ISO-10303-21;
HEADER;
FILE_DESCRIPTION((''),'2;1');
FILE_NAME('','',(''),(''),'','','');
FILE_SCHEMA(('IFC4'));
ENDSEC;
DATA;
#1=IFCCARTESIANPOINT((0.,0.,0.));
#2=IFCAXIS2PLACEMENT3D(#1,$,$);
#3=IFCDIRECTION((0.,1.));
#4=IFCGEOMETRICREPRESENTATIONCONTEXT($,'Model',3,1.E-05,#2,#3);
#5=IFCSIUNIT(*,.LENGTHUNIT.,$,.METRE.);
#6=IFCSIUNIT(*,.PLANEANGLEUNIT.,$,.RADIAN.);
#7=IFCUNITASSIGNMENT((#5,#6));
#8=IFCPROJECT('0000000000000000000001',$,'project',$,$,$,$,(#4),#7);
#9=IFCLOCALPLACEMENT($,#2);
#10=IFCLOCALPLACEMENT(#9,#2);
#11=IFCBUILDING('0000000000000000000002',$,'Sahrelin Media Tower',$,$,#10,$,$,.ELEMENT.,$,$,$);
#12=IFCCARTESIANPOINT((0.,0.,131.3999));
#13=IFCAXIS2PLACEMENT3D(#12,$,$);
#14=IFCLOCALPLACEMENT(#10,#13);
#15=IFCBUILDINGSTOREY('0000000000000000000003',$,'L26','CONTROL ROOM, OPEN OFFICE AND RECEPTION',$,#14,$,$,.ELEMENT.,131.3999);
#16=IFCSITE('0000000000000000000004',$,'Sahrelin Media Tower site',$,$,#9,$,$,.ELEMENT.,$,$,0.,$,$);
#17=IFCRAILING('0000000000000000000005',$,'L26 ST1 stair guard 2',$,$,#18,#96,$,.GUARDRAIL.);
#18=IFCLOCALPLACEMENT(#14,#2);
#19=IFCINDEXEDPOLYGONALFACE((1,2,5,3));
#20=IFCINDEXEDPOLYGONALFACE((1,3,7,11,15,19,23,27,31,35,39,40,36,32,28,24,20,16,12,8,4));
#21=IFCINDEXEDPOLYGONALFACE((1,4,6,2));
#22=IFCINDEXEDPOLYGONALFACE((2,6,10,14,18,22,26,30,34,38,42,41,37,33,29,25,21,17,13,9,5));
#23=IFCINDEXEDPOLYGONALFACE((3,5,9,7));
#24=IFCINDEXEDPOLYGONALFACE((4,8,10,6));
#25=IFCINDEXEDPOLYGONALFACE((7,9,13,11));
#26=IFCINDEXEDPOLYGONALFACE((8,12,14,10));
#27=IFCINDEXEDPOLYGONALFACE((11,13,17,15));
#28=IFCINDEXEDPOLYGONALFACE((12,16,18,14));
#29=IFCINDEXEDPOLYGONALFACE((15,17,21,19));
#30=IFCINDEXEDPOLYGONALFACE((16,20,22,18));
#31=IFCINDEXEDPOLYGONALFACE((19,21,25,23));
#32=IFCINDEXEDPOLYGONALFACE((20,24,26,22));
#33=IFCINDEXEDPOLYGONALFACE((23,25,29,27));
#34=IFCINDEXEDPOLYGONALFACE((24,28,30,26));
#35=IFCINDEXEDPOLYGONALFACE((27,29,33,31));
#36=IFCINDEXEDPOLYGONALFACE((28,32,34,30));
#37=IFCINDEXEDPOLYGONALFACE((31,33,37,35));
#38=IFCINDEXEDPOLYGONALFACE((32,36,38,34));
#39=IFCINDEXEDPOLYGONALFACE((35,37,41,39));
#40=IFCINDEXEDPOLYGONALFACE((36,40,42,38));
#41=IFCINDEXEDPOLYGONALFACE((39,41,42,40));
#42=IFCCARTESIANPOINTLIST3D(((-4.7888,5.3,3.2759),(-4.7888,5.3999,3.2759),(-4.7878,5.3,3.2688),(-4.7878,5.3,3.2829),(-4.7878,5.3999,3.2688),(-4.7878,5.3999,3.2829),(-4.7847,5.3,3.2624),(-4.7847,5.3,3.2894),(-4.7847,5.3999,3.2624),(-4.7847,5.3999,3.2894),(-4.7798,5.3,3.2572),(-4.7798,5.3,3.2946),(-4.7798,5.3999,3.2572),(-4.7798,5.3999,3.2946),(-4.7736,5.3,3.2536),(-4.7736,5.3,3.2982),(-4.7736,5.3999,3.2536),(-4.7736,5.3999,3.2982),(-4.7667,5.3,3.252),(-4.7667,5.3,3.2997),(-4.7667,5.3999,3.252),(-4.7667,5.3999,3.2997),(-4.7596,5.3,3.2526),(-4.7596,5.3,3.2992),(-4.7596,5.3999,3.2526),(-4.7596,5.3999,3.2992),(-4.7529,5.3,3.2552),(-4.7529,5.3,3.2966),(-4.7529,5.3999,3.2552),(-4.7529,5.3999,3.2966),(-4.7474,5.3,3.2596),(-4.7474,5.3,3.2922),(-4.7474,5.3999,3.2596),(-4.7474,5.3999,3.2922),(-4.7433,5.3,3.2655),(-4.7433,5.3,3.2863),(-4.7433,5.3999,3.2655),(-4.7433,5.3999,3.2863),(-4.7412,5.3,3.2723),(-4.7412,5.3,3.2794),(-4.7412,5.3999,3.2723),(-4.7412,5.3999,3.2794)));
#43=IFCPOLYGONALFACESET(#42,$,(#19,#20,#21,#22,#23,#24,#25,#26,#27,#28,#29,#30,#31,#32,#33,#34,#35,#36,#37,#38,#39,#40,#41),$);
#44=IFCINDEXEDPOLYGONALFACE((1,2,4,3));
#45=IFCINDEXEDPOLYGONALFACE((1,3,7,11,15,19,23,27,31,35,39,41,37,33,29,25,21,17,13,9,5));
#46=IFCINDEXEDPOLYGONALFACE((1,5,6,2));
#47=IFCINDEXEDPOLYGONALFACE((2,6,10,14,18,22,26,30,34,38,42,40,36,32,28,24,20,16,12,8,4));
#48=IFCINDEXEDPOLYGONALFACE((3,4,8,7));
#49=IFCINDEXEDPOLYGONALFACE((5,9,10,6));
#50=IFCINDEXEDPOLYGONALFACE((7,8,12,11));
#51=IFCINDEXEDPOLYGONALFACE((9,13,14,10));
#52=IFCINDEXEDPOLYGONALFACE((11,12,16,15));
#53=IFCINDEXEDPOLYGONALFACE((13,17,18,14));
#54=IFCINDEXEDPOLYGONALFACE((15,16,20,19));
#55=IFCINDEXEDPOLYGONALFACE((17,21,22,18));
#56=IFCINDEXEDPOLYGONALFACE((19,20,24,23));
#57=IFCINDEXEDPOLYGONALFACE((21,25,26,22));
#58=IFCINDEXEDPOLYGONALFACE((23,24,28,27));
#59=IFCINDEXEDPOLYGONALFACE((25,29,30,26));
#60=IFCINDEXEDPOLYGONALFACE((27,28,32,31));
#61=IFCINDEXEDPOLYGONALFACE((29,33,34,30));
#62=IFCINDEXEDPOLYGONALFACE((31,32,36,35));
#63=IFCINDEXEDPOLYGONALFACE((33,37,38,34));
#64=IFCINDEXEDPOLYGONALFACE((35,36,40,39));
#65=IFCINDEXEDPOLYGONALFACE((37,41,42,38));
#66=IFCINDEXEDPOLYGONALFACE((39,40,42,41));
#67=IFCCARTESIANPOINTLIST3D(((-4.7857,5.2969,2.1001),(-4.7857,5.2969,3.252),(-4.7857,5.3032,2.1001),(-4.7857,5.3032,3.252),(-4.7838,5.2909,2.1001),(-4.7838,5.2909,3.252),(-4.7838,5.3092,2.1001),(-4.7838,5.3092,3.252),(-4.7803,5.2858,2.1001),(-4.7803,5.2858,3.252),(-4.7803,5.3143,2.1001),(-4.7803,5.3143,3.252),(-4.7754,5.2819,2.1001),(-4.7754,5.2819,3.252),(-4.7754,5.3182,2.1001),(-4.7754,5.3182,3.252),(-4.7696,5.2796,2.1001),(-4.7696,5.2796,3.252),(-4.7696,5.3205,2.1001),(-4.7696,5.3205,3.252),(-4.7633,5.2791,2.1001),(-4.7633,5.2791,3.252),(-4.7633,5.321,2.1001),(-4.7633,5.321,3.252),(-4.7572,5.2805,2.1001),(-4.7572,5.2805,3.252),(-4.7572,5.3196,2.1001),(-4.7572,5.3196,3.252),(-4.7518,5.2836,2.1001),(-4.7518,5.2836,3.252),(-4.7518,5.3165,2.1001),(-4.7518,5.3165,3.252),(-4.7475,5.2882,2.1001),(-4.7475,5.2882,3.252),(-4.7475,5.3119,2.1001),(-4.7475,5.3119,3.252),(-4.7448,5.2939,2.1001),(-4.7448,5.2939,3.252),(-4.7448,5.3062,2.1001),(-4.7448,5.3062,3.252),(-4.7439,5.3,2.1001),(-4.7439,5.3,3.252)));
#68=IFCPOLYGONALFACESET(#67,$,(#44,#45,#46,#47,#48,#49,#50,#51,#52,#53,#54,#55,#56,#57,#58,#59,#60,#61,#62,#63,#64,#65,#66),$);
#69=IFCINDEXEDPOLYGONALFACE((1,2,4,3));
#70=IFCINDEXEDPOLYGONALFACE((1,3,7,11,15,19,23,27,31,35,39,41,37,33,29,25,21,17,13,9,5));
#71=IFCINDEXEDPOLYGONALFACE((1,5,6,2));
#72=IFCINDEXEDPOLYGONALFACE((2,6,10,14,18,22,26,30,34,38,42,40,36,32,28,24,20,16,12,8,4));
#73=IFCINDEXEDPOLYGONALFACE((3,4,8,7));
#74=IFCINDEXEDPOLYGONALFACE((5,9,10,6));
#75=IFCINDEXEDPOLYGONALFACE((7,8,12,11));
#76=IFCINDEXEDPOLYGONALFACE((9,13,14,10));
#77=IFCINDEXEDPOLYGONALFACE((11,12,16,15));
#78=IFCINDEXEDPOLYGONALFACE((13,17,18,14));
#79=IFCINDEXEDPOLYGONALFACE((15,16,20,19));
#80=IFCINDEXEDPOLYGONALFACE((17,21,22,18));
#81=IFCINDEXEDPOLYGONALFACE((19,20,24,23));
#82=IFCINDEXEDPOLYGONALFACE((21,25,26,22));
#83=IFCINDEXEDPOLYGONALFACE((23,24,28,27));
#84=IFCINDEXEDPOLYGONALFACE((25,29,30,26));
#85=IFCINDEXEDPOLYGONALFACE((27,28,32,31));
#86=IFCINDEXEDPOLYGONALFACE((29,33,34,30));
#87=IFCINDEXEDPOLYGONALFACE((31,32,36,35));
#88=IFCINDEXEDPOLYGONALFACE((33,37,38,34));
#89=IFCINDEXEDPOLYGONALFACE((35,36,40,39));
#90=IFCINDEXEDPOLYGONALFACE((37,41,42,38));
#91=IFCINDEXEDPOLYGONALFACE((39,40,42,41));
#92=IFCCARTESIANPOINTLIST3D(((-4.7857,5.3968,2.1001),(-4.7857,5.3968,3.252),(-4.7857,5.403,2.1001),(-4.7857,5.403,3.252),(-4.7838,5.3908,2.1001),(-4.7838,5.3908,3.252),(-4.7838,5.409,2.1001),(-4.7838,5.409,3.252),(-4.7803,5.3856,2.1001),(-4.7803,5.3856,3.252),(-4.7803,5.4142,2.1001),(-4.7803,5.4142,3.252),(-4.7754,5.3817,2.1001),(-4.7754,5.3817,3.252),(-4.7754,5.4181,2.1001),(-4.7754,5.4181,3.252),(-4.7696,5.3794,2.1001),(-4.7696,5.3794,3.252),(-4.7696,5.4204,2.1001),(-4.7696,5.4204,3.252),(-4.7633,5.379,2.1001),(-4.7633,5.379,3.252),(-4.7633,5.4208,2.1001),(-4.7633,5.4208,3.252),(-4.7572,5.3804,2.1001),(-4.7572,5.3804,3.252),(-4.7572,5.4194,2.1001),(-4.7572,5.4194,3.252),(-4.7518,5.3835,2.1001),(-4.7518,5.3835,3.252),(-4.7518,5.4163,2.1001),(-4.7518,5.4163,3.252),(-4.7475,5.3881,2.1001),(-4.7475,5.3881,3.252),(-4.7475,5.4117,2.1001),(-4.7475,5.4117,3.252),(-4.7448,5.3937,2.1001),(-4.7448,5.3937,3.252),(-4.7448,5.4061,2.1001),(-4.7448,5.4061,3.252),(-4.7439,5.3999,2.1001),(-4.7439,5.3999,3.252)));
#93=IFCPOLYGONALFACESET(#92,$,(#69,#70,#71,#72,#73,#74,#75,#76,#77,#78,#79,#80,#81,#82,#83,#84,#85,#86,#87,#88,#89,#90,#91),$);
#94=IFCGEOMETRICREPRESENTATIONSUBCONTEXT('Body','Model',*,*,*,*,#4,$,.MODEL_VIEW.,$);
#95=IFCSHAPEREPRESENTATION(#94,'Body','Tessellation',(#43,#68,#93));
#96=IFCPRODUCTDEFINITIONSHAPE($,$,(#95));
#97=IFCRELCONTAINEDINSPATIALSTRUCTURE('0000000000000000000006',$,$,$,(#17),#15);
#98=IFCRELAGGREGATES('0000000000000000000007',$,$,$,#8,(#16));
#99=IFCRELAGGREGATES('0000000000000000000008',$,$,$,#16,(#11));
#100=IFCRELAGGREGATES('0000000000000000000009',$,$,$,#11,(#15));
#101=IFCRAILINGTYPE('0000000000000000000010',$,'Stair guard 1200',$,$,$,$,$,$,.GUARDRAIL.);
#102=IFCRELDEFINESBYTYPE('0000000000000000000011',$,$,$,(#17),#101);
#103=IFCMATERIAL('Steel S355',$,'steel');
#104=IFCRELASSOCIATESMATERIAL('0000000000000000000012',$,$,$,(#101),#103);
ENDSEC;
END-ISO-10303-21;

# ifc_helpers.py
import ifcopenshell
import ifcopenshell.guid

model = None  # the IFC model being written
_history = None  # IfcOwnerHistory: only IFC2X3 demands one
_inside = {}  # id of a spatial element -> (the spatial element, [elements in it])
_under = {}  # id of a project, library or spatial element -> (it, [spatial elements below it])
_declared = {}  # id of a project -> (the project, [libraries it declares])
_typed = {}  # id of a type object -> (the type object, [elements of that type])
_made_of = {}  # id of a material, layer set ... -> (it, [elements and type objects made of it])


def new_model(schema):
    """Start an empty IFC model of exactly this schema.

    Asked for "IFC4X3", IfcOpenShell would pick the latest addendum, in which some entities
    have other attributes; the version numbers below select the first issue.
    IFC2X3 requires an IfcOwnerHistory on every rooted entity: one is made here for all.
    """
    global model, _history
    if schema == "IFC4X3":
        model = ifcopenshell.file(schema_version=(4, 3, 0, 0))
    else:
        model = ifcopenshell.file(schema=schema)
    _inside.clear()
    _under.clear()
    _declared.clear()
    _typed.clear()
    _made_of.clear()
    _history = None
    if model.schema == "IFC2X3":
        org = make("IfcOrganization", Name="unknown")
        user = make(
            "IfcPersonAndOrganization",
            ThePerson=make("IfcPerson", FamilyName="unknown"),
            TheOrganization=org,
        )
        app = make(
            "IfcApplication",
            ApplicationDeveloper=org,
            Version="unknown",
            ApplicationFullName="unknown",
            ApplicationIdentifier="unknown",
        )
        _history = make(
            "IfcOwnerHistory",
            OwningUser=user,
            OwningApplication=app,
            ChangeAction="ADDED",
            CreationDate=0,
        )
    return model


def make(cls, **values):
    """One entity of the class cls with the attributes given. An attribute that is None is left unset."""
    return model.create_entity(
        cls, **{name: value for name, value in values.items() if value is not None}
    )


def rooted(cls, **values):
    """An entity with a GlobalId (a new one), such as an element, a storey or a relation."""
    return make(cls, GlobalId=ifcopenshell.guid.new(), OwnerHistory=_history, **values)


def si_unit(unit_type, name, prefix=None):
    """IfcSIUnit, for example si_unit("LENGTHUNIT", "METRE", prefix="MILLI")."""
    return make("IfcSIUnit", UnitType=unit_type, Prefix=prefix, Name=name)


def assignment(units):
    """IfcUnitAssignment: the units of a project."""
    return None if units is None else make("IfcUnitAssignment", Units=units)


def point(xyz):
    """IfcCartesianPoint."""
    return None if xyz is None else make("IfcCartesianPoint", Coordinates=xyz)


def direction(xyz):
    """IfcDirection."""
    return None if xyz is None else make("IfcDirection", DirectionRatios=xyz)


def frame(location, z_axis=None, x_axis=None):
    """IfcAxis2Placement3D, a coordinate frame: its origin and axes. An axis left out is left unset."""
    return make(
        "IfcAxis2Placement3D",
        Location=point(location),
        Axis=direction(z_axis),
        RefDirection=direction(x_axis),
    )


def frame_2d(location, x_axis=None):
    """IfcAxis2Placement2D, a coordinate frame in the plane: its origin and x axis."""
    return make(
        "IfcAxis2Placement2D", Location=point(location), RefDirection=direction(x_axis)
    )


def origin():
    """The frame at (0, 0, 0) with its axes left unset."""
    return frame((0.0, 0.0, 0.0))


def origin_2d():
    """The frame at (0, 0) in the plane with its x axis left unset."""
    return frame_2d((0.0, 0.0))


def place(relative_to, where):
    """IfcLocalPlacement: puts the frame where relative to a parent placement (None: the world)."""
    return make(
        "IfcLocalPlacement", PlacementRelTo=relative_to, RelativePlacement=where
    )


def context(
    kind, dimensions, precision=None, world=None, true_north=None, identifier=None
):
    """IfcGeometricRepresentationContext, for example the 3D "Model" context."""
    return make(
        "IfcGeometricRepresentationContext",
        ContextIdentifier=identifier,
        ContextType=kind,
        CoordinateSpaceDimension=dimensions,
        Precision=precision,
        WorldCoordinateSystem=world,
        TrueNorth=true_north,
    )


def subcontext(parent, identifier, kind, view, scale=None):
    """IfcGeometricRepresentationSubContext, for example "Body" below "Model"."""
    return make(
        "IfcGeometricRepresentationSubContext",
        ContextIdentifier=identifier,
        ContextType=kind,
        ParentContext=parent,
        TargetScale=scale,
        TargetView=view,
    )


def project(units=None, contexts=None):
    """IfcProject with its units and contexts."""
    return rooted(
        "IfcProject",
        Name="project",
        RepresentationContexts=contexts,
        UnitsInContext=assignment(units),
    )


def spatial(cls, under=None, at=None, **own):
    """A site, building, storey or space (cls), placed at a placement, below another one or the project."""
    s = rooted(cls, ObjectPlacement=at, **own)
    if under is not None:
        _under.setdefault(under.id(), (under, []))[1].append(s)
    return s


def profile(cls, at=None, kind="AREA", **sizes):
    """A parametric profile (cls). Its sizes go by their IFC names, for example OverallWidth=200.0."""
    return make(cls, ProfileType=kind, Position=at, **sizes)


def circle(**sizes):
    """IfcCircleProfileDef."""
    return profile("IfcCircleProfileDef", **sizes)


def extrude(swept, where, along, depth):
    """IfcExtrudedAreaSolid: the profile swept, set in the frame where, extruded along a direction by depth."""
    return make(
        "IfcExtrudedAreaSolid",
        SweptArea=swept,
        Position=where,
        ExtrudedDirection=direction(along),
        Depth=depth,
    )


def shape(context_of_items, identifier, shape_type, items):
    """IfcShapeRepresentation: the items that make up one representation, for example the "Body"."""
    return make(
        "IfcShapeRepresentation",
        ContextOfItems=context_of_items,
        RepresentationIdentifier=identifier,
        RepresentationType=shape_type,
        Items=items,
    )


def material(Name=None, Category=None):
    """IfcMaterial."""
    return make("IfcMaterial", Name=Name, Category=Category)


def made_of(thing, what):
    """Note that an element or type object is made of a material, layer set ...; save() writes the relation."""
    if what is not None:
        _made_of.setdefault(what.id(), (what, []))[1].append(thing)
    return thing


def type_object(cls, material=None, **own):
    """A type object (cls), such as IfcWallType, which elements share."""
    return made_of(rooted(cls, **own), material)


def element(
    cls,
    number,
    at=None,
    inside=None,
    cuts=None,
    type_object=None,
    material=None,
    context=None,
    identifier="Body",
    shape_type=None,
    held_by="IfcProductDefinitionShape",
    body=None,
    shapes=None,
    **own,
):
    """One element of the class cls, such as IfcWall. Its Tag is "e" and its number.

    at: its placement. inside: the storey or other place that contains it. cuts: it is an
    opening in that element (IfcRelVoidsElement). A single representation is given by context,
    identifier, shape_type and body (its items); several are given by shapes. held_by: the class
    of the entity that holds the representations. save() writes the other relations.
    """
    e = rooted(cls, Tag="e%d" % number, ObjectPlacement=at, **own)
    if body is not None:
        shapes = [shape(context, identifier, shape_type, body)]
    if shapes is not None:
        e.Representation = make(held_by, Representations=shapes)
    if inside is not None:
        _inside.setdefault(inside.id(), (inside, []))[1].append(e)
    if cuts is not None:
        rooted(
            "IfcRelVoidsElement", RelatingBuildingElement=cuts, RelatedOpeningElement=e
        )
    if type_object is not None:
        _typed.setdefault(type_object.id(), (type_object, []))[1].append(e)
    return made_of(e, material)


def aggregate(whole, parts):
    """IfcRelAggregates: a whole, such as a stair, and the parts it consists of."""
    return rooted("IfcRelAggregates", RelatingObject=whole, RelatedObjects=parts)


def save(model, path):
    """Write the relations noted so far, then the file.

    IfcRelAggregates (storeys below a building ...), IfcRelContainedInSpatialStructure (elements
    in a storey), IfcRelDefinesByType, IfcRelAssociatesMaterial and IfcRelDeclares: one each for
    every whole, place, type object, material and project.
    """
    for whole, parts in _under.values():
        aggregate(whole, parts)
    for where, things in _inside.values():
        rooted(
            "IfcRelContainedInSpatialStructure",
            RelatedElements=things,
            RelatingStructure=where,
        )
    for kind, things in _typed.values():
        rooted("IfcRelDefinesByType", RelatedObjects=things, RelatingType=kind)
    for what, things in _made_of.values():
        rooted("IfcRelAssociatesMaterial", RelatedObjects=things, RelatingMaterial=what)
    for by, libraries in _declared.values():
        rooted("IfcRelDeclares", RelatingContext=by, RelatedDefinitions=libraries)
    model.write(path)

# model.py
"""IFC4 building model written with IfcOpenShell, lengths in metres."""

from ifc_helpers import new_model, si_unit, direction, frame, origin, origin_2d, place, context, subcontext, project, spatial, circle, extrude, material, type_object, element, save


model = new_model("IFC4")

# Units and contexts
model_context = context("Model", 3, precision=1e-05, world=origin(), true_north=direction((0.0, 1.0)))
body_context = subcontext(model_context, "Body", "Model", "MODEL_VIEW")
ifc_project = project(units=[si_unit("LENGTHUNIT", "METRE"), si_unit("PLANEANGLEUNIT", "RADIAN")], contexts=[model_context])

# Site, building, storey
site_placement = place(None, origin())
site = spatial("IfcSite", under=ifc_project, at=site_placement, Name="Sahrelin Media Tower site", CompositionType="ELEMENT", RefElevation=0.0)
building_placement = place(site_placement, origin())
building = spatial("IfcBuilding", under=site, at=building_placement, Name="Sahrelin Media Tower", CompositionType="ELEMENT")
storey_placement = place(building_placement, frame((0.0, 0.0, 131.3999)))
storey = spatial("IfcBuildingStorey", under=building, at=storey_placement, Name="L26", Description="CONTROL ROOM, OPEN OFFICE AND RECEPTION", CompositionType="ELEMENT", Elevation=131.3999)

# Shared definitions
ifc_material_1 = material(Name="Steel S355", Category="steel")

# Railing
railing_type_1 = type_object("IfcRailingType", Name="Stair guard 1200", PredefinedType="GUARDRAIL", material=ifc_material_1)
railing_1_placement = place(storey_placement, frame((-4.7649, 5.3, 2.1001)))
element("IfcRailing", 1, at=railing_1_placement, inside=storey, type_object=railing_type_1, Name="L26 ST1 stair guard 2", PredefinedType="GUARDRAIL", context=body_context, shape_type="SweptSolid", body=[
    extrude(circle(Radius=0.0239, at=origin_2d()), frame((0.0, 0.0, 1.1758), z_axis=(0.0, 1.0, 0.0), x_axis=(-1.0, 0.0, 0.0)), (0.0, 0.0, 1.0), 0.0999),
    extrude(circle(Radius=0.021, at=origin_2d()), origin(), (0.0, 0.0, 1.0), 1.1519),
    extrude(circle(Radius=0.021, at=origin_2d()), frame((0.0, 0.0999, 0.0)), (0.0, 0.0, 1.0), 1.1519),
])

save(model, "model.ifc")
